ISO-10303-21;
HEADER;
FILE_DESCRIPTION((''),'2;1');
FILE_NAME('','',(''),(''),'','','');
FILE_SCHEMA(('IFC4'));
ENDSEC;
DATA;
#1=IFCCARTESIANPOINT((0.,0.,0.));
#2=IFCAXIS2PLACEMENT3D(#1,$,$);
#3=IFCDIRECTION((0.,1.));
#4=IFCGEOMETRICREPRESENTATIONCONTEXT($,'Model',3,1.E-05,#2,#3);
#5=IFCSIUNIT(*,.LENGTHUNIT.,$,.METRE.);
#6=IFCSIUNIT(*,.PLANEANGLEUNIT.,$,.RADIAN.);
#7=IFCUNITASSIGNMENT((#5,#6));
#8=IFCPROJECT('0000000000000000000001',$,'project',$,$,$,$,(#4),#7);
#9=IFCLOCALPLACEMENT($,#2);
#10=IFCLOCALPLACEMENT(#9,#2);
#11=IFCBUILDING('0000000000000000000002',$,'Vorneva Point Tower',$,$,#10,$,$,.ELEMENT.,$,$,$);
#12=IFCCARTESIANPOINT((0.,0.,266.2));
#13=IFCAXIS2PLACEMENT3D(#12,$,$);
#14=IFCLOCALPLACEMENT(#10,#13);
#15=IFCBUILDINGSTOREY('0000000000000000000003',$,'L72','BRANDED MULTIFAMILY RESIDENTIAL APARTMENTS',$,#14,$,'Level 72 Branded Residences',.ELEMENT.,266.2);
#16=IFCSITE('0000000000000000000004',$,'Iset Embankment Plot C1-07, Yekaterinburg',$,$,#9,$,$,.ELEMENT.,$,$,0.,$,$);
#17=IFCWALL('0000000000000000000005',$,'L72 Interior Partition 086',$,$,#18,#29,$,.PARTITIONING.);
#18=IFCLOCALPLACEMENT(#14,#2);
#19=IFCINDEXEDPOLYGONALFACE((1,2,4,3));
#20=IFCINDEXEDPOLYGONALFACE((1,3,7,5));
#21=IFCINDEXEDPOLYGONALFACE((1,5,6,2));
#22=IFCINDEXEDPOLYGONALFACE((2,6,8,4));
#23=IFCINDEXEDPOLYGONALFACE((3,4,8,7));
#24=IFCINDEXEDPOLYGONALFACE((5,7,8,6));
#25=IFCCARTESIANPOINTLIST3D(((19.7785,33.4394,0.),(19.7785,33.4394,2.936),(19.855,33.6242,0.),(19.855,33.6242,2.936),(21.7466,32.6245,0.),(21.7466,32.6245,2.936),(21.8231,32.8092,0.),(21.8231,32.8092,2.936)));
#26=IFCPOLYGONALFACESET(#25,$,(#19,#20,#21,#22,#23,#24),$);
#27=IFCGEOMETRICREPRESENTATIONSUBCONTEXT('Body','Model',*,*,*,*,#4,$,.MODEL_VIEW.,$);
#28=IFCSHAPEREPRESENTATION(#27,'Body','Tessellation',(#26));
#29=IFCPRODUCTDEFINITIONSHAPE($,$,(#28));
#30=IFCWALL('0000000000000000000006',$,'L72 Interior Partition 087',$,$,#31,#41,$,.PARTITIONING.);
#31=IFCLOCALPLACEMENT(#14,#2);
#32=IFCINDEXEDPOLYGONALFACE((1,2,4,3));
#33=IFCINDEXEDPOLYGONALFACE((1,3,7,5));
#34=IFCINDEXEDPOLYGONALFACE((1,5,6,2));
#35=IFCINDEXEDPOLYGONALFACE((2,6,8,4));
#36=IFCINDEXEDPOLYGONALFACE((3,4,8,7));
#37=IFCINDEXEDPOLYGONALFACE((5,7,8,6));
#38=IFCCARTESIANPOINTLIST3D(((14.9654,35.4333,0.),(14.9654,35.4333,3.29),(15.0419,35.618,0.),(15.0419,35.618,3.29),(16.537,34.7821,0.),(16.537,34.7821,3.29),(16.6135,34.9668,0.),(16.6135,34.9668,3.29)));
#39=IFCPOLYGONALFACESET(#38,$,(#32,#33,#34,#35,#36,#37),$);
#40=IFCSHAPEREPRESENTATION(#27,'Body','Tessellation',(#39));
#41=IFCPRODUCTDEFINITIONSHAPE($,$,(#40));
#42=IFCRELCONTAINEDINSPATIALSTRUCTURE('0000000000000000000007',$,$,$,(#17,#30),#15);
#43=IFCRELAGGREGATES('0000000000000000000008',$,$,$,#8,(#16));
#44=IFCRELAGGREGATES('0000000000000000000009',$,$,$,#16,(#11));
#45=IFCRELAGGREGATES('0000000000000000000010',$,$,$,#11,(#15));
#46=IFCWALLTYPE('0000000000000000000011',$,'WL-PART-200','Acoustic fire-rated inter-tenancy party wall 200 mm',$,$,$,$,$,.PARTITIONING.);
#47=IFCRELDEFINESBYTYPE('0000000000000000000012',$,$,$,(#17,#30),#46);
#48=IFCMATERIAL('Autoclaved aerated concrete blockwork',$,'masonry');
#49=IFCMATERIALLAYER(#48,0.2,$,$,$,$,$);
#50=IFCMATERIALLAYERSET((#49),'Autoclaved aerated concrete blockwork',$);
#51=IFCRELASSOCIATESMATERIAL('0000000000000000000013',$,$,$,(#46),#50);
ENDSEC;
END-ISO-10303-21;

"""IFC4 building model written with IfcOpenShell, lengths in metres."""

from ifc_helpers import new_model, si_unit, direction, frame, frame_2d, origin, place, context, subcontext, project, spatial, rectangle, extrude, material, layer, layer_set, type_object, element, save


model = new_model("IFC4")

# Units and contexts
model_context = context("Model", 3, precision=1e-05, world=origin(), true_north=direction((0.0, 1.0)))
body_context = subcontext(model_context, "Body", "Model", "MODEL_VIEW")
ifc_project = project(units=[si_unit("LENGTHUNIT", "METRE"), si_unit("PLANEANGLEUNIT", "RADIAN")], contexts=[model_context])

# Site, building, storey
site_placement = place(None, origin())
site = spatial("IfcSite", under=ifc_project, at=site_placement, Name="Iset Embankment Plot C1-07, Yekaterinburg", CompositionType="ELEMENT", RefElevation=0.0)
building_placement = place(site_placement, origin())
building = spatial("IfcBuilding", under=site, at=building_placement, Name="Vorneva Point Tower", CompositionType="ELEMENT")
storey_placement = place(building_placement, frame((0.0, 0.0, 266.2)))
storey = spatial("IfcBuildingStorey", under=building, at=storey_placement, Name="L72", Description="BRANDED MULTIFAMILY RESIDENTIAL APARTMENTS", LongName="Level 72 Branded Residences", CompositionType="ELEMENT", Elevation=266.2)

# Shared definitions
ifc_material_1 = material(Name="Autoclaved aerated concrete blockwork", Category="masonry")

# Walls
ifc_layer_1 = layer(ifc_material_1, 0.2)
ifc_layer_set_1 = layer_set([ifc_layer_1], Name="Autoclaved aerated concrete blockwork")
wall_type_1 = type_object("IfcWallType", Name="WL-PART-200", Description="Acoustic fire-rated inter-tenancy party wall 200 mm", PredefinedType="PARTITIONING", material=ifc_layer_set_1)
wall_1_placement = place(storey_placement, frame((19.8169, 33.5317, 0.0), z_axis=(0.0, 0.0, 1.0), x_axis=(0.923919, -0.382588, 0.0)))
element("IfcWall", 1, at=wall_1_placement, inside=storey, type_object=wall_type_1, Name="L72 Interior Partition 086", PredefinedType="PARTITIONING", context=body_context, shape_type="SweptSolid", body=[
    extrude(rectangle(XDim=2.1301, YDim=0.2, at=frame_2d((1.0649, 0.0))), origin(), (0.0, 0.0, 1.0), 2.936),
])
wall_2_placement = place(storey_placement, frame((15.0037, 35.5256, 0.0), z_axis=(0.0, 0.0, 1.0), x_axis=(0.923844, -0.38277, 0.0)))
element("IfcWall", 2, at=wall_2_placement, inside=storey, type_object=wall_type_1, Name="L72 Interior Partition 087", PredefinedType="PARTITIONING", context=body_context, shape_type="SweptSolid", body=[
    extrude(rectangle(XDim=1.7012, YDim=0.2, at=frame_2d((0.8506, 0.0))), origin(), (0.0, 0.0, 1.0), 3.29),
])

save(model, "model.ifc")
